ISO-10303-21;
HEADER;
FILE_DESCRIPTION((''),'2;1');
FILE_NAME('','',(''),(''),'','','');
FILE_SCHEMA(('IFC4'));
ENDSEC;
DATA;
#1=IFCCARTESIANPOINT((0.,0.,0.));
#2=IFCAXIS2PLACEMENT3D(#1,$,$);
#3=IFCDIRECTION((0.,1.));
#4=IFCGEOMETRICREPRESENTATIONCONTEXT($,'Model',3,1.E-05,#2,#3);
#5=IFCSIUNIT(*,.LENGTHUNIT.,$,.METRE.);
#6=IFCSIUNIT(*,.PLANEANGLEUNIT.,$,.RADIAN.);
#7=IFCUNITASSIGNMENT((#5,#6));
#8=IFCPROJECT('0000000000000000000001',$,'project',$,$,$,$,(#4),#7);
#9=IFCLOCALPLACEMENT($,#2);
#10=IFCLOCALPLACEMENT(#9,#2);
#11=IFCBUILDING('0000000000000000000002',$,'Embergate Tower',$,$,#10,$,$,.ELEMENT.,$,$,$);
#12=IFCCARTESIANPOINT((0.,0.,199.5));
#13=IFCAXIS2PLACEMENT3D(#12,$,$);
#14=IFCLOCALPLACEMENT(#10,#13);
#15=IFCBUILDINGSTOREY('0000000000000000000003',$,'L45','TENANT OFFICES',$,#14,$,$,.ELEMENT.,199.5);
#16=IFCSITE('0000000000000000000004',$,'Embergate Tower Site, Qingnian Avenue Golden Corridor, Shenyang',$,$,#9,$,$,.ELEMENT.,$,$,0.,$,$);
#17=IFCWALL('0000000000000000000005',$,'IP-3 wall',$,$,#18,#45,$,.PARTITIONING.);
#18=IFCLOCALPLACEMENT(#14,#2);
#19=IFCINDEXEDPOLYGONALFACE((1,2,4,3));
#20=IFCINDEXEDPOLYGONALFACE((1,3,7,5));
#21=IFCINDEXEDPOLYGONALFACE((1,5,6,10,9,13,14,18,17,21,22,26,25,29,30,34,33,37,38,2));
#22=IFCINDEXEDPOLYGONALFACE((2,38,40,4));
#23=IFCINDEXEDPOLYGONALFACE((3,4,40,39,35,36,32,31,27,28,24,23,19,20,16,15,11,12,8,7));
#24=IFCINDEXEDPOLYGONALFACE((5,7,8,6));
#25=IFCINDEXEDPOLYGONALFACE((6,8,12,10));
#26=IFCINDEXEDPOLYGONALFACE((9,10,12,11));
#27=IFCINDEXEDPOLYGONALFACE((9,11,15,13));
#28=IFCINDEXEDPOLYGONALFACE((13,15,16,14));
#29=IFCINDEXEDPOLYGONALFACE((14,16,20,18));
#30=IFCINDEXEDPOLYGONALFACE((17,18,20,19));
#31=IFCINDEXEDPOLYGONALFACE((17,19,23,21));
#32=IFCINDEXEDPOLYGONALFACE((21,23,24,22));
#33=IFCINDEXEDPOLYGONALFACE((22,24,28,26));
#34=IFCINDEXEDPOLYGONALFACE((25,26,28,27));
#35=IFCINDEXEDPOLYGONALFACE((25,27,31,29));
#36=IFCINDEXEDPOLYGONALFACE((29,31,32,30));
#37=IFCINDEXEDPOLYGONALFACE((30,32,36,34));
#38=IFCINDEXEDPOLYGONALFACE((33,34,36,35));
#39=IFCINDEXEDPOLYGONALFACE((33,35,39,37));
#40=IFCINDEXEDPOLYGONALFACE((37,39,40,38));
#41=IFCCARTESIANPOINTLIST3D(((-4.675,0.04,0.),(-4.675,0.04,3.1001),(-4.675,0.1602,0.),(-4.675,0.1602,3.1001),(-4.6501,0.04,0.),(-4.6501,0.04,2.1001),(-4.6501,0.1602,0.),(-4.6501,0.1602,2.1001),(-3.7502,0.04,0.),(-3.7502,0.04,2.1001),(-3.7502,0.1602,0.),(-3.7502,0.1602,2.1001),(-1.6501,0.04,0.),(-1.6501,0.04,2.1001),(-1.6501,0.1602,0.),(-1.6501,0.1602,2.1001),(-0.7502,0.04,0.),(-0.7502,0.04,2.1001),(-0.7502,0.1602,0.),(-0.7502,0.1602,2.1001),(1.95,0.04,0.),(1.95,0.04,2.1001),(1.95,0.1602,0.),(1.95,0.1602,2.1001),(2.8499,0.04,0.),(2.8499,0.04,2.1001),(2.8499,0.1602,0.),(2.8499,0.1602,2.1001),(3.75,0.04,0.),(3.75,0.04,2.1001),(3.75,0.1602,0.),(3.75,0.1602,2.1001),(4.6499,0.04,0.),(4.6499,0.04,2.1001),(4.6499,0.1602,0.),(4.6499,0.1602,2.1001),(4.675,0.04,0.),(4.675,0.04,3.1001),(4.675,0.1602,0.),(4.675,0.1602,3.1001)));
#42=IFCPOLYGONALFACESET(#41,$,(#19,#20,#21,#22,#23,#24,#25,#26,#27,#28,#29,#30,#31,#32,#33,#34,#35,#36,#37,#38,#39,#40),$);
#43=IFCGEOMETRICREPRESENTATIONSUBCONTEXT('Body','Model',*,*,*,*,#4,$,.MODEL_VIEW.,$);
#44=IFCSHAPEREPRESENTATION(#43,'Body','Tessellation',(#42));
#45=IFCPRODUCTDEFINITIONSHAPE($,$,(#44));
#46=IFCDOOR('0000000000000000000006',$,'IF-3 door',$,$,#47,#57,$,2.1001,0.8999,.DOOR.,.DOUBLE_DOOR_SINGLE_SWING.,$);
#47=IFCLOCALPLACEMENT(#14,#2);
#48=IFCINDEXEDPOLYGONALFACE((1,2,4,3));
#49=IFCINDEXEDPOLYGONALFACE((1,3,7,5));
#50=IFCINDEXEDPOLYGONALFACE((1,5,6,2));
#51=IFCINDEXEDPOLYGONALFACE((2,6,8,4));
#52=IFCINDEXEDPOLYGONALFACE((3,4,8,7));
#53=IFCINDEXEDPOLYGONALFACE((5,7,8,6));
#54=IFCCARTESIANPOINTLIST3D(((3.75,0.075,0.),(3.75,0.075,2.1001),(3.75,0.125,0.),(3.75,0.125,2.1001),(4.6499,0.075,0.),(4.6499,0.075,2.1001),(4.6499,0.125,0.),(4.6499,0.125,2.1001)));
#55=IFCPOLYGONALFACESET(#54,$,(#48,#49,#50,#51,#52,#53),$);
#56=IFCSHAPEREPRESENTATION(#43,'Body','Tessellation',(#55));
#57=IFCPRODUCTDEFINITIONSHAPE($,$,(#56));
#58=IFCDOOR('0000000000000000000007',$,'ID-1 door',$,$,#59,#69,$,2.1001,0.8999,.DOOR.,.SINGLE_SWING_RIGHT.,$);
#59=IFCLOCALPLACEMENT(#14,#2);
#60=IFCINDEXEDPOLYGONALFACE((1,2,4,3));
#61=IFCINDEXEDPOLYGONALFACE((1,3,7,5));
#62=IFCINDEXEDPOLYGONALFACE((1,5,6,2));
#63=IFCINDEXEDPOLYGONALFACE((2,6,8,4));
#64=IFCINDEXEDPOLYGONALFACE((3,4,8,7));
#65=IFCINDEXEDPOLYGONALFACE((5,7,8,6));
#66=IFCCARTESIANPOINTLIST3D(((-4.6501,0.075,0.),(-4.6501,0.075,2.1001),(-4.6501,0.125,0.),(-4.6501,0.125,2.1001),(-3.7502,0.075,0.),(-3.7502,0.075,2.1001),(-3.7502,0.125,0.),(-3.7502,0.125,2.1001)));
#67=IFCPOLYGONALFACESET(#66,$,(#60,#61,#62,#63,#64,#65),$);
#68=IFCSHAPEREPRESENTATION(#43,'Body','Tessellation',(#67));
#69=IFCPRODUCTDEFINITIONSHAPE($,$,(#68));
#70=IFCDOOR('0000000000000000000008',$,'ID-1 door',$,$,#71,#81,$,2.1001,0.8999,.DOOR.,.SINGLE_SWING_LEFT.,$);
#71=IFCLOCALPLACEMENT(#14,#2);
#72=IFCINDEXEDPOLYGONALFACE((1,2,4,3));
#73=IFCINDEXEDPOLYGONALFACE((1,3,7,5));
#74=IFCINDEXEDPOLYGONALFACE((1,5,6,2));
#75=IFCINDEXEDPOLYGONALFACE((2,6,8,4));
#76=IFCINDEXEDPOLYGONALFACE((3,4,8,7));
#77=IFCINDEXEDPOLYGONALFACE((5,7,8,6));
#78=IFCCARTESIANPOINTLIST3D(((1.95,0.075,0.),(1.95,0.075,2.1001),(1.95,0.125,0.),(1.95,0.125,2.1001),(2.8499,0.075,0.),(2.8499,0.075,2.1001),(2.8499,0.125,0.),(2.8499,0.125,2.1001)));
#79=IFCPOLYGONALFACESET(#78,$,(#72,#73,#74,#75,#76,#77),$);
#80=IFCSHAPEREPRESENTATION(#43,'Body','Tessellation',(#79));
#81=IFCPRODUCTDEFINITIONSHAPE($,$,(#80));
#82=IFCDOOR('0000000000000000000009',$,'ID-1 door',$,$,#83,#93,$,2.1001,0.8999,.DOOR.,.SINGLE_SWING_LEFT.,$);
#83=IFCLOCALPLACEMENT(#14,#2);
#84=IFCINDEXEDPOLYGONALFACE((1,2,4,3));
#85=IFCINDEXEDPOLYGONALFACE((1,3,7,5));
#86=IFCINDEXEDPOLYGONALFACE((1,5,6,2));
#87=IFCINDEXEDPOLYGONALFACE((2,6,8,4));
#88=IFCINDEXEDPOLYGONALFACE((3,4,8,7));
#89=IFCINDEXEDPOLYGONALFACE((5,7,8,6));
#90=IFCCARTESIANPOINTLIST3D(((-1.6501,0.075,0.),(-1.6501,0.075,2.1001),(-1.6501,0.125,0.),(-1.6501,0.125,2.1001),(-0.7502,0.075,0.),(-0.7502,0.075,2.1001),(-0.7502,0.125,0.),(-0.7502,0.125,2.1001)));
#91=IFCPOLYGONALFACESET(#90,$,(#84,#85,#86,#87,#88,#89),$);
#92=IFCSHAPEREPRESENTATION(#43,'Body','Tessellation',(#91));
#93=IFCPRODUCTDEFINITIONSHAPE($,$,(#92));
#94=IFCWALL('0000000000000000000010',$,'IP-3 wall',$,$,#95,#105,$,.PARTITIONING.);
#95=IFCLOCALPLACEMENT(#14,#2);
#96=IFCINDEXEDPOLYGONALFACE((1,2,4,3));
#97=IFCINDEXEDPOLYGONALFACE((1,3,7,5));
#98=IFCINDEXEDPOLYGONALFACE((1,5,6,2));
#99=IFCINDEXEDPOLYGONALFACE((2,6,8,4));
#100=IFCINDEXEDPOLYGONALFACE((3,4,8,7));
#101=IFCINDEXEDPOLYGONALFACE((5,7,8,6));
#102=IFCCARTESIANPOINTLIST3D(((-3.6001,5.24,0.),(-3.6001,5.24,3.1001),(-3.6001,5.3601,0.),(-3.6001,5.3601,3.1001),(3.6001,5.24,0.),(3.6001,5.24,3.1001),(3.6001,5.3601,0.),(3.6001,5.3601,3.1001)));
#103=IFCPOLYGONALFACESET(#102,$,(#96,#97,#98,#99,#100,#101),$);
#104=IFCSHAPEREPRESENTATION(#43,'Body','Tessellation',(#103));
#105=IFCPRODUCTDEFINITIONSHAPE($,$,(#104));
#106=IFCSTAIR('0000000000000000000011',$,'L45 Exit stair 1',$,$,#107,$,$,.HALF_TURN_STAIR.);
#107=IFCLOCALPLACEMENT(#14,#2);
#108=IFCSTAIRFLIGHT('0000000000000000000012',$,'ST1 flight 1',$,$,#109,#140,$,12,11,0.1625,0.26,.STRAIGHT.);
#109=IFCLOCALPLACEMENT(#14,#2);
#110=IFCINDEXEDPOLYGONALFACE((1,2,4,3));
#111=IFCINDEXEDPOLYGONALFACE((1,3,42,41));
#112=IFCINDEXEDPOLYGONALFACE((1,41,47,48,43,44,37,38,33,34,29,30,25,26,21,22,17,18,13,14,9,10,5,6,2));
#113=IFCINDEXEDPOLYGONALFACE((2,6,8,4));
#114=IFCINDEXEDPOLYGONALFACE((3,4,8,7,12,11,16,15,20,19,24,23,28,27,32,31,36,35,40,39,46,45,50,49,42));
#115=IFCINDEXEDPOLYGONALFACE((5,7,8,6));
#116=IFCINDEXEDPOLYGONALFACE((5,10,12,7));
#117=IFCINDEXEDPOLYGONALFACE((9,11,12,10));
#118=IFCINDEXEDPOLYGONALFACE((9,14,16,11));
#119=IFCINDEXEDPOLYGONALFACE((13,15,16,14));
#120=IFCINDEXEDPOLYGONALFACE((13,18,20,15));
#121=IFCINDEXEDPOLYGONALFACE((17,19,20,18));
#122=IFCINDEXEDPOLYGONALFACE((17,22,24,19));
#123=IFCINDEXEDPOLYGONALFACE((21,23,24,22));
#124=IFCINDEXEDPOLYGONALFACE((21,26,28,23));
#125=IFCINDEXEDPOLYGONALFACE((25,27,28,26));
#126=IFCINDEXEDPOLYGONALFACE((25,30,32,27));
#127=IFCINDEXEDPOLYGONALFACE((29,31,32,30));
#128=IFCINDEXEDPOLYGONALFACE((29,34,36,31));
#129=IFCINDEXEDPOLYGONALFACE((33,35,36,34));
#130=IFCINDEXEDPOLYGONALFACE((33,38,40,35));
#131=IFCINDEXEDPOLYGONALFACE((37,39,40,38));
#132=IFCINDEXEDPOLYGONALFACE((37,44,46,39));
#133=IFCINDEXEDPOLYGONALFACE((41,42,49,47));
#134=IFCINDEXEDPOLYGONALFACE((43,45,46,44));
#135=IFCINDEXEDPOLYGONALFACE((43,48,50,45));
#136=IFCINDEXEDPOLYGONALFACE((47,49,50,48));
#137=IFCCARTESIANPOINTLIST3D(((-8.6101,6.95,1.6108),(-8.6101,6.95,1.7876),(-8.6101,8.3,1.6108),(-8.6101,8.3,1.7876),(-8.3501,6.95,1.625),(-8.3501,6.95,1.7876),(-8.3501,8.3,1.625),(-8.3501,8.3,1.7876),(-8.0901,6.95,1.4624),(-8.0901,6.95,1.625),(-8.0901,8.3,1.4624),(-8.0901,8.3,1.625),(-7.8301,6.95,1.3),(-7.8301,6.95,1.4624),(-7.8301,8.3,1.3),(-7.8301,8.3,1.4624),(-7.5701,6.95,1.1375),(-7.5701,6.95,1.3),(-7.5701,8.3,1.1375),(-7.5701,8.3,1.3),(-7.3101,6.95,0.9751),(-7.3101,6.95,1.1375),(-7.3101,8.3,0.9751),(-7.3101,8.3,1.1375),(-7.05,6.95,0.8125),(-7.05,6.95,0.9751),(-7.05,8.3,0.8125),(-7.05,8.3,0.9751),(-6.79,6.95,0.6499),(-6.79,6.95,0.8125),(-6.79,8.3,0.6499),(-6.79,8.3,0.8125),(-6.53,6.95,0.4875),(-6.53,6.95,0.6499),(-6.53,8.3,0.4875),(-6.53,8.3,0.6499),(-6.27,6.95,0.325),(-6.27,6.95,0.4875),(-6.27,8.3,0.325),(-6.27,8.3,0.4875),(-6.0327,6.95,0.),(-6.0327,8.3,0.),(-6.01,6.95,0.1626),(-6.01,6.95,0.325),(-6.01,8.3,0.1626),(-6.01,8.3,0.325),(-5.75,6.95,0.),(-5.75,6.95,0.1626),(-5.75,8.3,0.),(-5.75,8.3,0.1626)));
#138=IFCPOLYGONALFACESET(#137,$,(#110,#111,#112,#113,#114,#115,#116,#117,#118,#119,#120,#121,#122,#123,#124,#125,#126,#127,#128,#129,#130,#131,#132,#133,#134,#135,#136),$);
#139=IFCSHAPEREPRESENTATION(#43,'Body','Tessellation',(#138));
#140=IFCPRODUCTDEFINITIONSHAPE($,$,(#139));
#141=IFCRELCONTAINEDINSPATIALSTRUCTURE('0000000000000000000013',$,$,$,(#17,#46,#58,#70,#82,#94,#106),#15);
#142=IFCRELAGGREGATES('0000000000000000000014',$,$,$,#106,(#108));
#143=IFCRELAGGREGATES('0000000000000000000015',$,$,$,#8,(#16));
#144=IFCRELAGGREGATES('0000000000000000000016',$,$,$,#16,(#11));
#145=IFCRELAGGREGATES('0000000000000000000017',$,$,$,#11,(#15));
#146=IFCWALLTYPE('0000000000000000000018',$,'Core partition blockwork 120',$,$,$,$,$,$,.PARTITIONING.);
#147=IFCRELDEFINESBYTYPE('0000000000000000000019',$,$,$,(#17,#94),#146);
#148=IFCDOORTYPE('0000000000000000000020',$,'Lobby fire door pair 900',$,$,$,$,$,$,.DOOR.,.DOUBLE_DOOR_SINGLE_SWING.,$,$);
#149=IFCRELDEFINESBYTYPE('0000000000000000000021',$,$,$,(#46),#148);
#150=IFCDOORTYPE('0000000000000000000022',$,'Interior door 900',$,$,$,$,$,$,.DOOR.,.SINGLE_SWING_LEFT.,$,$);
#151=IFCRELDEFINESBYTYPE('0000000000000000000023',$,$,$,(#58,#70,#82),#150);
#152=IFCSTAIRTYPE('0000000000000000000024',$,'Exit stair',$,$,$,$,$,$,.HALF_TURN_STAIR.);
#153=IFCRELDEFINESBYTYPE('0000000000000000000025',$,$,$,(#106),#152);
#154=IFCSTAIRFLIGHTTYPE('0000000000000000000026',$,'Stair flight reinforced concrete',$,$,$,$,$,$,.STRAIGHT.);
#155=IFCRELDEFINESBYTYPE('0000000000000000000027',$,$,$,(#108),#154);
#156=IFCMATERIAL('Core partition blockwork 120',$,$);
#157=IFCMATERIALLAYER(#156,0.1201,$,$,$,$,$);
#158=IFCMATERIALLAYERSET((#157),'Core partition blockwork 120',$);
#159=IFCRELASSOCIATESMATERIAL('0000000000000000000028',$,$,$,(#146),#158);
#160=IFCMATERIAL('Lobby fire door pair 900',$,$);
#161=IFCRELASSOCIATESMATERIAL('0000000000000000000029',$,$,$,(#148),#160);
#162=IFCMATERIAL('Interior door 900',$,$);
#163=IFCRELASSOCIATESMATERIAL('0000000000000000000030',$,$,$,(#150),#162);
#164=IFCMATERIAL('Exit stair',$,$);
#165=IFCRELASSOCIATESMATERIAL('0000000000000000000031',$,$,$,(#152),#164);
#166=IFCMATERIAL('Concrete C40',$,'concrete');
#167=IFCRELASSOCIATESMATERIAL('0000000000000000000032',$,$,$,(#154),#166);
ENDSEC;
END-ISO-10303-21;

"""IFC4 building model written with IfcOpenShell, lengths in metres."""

from ifc_helpers import new_model, si_unit, direction, frame, frame_2d, origin, place, context, subcontext, project, spatial, polyline, rectangle, outline, extrude, source, transform, mapped, material, layer, layer_set, type_object, element, fill, aggregate, save


model = new_model("IFC4")

# Units and contexts
model_context = context("Model", 3, precision=1e-05, world=origin(), true_north=direction((0.0, 1.0)))
body_context = subcontext(model_context, "Body", "Model", "MODEL_VIEW")
ifc_project = project(units=[si_unit("LENGTHUNIT", "METRE"), si_unit("PLANEANGLEUNIT", "RADIAN")], contexts=[model_context])

# Site, building, storey
site_placement = place(None, origin())
site = spatial("IfcSite", under=ifc_project, at=site_placement, Name="Embergate Tower Site, Qingnian Avenue Golden Corridor, Shenyang", CompositionType="ELEMENT", RefElevation=0.0)
building_placement = place(site_placement, origin())
building = spatial("IfcBuilding", under=site, at=building_placement, Name="Embergate Tower", CompositionType="ELEMENT")
storey_placement = place(building_placement, frame((0.0, 0.0, 199.5)))
storey = spatial("IfcBuildingStorey", under=building, at=storey_placement, Name="L45", Description="TENANT OFFICES", CompositionType="ELEMENT", Elevation=199.5)

# Shared definitions
ifc_material_1 = material(Name="Core partition blockwork 120")
ifc_layer_1 = layer(ifc_material_1, 0.1201)
ifc_layer_set_1 = layer_set([ifc_layer_1], Name="Core partition blockwork 120")
wall_type_1 = type_object("IfcWallType", Name="Core partition blockwork 120", PredefinedType="PARTITIONING", material=ifc_layer_set_1)

# Wall, openings, doors
shared_shape_1 = source(origin(), body_context, "Body", "SweptSolid", [
    extrude(rectangle(XDim=9.3501, YDim=0.1201, at=frame_2d((4.675, 0.0))), origin(), (0.0, 0.0, 1.0), 3.1001),
])
wall_1_placement = place(storey_placement, frame((-4.675, 0.1001, 0.0), z_axis=(0.0, 0.0, 1.0), x_axis=(1.0, 0.0, 0.0)))
wall_1 = element("IfcWall", 1, at=wall_1_placement, inside=storey, type_object=wall_type_1, Name="IP-3 wall", PredefinedType="PARTITIONING", context=body_context, shape_type="MappedRepresentation", body=[
    mapped(shared_shape_1, transform((0.0, 0.0, 0.0))),
])
shared_shape_2 = source(origin(), body_context, "Body", "SweptSolid", [
    extrude(rectangle(XDim=0.8999, YDim=2.1001, at=frame_2d((0.45, 1.05))), frame((0.0, 0.0701, 0.0), z_axis=(0.0, -1.0, 0.0), x_axis=(1.0, 0.0, 0.0)), (0.0, 0.0, 1.0), 0.1401),
])
opening_1_placement = place(wall_1_placement, frame((8.425, 0.0, 0.0)))
opening_1 = element("IfcOpeningElement", 2, at=opening_1_placement, cuts=wall_1, PredefinedType="OPENING", context=body_context, shape_type="MappedRepresentation", body=[
    mapped(shared_shape_2, transform((0.0, 0.0, 0.0))),
])
opening_2_placement = place(wall_1_placement, frame((0.0249, 0.0, 0.0)))
opening_2 = element("IfcOpeningElement", 3, at=opening_2_placement, cuts=wall_1, PredefinedType="OPENING", context=body_context, shape_type="MappedRepresentation", body=[
    mapped(shared_shape_2, transform((0.0, 0.0, 0.0))),
])
opening_3_placement = place(wall_1_placement, frame((6.625, 0.0, 0.0)))
opening_3 = element("IfcOpeningElement", 4, at=opening_3_placement, cuts=wall_1, PredefinedType="OPENING", context=body_context, shape_type="MappedRepresentation", body=[
    mapped(shared_shape_2, transform((0.0, 0.0, 0.0))),
])
opening_4_placement = place(wall_1_placement, frame((3.0249, 0.0, 0.0)))
opening_4 = element("IfcOpeningElement", 5, at=opening_4_placement, cuts=wall_1, PredefinedType="OPENING", context=body_context, shape_type="MappedRepresentation", body=[
    mapped(shared_shape_2, transform((0.0, 0.0, 0.0))),
])
ifc_material_2 = material(Name="Lobby fire door pair 900")
door_type_1 = type_object("IfcDoorType", Name="Lobby fire door pair 900", OperationType="DOUBLE_DOOR_SINGLE_SWING", PredefinedType="DOOR", material=ifc_material_2)
shared_shape_3 = source(origin(), body_context, "Body", "SweptSolid", [
    extrude(rectangle(XDim=0.8999, YDim=2.1001, at=frame_2d((0.45, 1.05))), frame((0.0, 0.0249, 0.0), z_axis=(0.0, -1.0, 0.0), x_axis=(1.0, 0.0, 0.0)), (0.0, 0.0, 1.0), 0.05),
])
door_1_placement = place(opening_1_placement, origin())
door_1 = element("IfcDoor", 6, at=door_1_placement, inside=storey, type_object=door_type_1, Name="IF-3 door", OperationType="DOUBLE_DOOR_SINGLE_SWING", OverallHeight=2.1001, OverallWidth=0.8999, PredefinedType="DOOR", context=body_context, shape_type="MappedRepresentation", body=[
    mapped(shared_shape_3, transform((0.0, 0.0, 0.0))),
])
fill(opening_1, door_1)
ifc_material_3 = material(Name="Interior door 900")
door_type_2 = type_object("IfcDoorType", Name="Interior door 900", OperationType="SINGLE_SWING_LEFT", PredefinedType="DOOR", material=ifc_material_3)
door_2_placement = place(opening_2_placement, origin())
door_2 = element("IfcDoor", 7, at=door_2_placement, inside=storey, type_object=door_type_2, Name="ID-1 door", OperationType="SINGLE_SWING_RIGHT", OverallHeight=2.1001, OverallWidth=0.8999, PredefinedType="DOOR", context=body_context, shape_type="MappedRepresentation", body=[
    mapped(shared_shape_3, transform((0.0, 0.0, 0.0))),
])
fill(opening_2, door_2)
door_3_placement = place(opening_3_placement, origin())
door_3 = element("IfcDoor", 8, at=door_3_placement, inside=storey, type_object=door_type_2, Name="ID-1 door", OperationType="SINGLE_SWING_LEFT", OverallHeight=2.1001, OverallWidth=0.8999, PredefinedType="DOOR", context=body_context, shape_type="MappedRepresentation", body=[
    mapped(shared_shape_3, transform((0.0, 0.0, 0.0))),
])
fill(opening_3, door_3)
door_4_placement = place(opening_4_placement, origin())
door_4 = element("IfcDoor", 9, at=door_4_placement, inside=storey, type_object=door_type_2, Name="ID-1 door", OperationType="SINGLE_SWING_LEFT", OverallHeight=2.1001, OverallWidth=0.8999, PredefinedType="DOOR", context=body_context, shape_type="MappedRepresentation", body=[
    mapped(shared_shape_3, transform((0.0, 0.0, 0.0))),
])
fill(opening_4, door_4)

# Wall
shared_shape_4 = source(origin(), body_context, "Body", "SweptSolid", [
    extrude(rectangle(XDim=7.2002, YDim=0.1201, at=frame_2d((3.6001, 0.0))), origin(), (0.0, 0.0, 1.0), 3.1001),
])
wall_2_placement = place(storey_placement, frame((-3.6001, 5.3, 0.0), z_axis=(0.0, 0.0, 1.0), x_axis=(1.0, 0.0, 0.0)))
element("IfcWall", 10, at=wall_2_placement, inside=storey, type_object=wall_type_1, Name="IP-3 wall", PredefinedType="PARTITIONING", context=body_context, shape_type="MappedRepresentation", body=[
    mapped(shared_shape_4, transform((0.0, 0.0, 0.0))),
])

# Stair, stair flight
ifc_material_4 = material(Name="Exit stair")
stair_type = type_object("IfcStairType", Name="Exit stair", PredefinedType="HALF_TURN_STAIR", material=ifc_material_4)
stair_placement = place(storey_placement, origin())
stair = element("IfcStair", 11, at=stair_placement, inside=storey, type_object=stair_type, Name="L45 Exit stair 1", PredefinedType="HALF_TURN_STAIR")
ifc_material_5 = material(Name="Concrete C40", Category="concrete")
stair_flight_type = type_object("IfcStairFlightType", Name="Stair flight reinforced concrete", PredefinedType="STRAIGHT", material=ifc_material_5)
shared_shape_5 = source(origin(), body_context, "Body", "SweptSolid", [
    extrude(outline(polyline([(0.0, 0.0), (0.0, 0.1626), (0.26, 0.1626), (0.26, 0.325), (0.52, 0.325), (0.52, 0.4875), (0.78, 0.4875), (0.78, 0.6499), (1.04, 0.6499), (1.04, 0.8125), (1.3, 0.8125), (1.3, 0.9751), (1.5601, 0.9751), (1.5601, 1.1375), (1.8201, 1.1375), (1.8201, 1.3), (2.0801, 1.3), (2.0801, 1.4624), (2.3401, 1.4624), (2.3401, 1.625), (2.6001, 1.625), (2.6001, 1.7876), (2.8601, 1.7876), (2.8601, 1.95), (2.8601, 1.6108), (0.2827, 0.0), (0.0, 0.0)])), frame((0.0, 0.675, 0.0), z_axis=(0.0, -1.0, 0.0), x_axis=(1.0, 0.0, 0.0)), (0.0, 0.0, 1.0), 1.3501),
])
stair_flight_placement = place(storey_placement, frame((-5.75, 7.625, 0.0), z_axis=(0.0, 0.0, 1.0), x_axis=(-1.0, 0.0, 0.0)))
stair_flight = element("IfcStairFlight", 12, at=stair_flight_placement, type_object=stair_flight_type, Name="ST1 flight 1", NumberOfRisers=12, NumberOfTreads=11, PredefinedType="STRAIGHT", RiserHeight=0.1625, TreadLength=0.26, context=body_context, shape_type="MappedRepresentation", body=[
    mapped(shared_shape_5, transform((0.0, 0.0, 0.0))),
])
aggregate(stair, [stair_flight])

save(model, "model.ifc")
